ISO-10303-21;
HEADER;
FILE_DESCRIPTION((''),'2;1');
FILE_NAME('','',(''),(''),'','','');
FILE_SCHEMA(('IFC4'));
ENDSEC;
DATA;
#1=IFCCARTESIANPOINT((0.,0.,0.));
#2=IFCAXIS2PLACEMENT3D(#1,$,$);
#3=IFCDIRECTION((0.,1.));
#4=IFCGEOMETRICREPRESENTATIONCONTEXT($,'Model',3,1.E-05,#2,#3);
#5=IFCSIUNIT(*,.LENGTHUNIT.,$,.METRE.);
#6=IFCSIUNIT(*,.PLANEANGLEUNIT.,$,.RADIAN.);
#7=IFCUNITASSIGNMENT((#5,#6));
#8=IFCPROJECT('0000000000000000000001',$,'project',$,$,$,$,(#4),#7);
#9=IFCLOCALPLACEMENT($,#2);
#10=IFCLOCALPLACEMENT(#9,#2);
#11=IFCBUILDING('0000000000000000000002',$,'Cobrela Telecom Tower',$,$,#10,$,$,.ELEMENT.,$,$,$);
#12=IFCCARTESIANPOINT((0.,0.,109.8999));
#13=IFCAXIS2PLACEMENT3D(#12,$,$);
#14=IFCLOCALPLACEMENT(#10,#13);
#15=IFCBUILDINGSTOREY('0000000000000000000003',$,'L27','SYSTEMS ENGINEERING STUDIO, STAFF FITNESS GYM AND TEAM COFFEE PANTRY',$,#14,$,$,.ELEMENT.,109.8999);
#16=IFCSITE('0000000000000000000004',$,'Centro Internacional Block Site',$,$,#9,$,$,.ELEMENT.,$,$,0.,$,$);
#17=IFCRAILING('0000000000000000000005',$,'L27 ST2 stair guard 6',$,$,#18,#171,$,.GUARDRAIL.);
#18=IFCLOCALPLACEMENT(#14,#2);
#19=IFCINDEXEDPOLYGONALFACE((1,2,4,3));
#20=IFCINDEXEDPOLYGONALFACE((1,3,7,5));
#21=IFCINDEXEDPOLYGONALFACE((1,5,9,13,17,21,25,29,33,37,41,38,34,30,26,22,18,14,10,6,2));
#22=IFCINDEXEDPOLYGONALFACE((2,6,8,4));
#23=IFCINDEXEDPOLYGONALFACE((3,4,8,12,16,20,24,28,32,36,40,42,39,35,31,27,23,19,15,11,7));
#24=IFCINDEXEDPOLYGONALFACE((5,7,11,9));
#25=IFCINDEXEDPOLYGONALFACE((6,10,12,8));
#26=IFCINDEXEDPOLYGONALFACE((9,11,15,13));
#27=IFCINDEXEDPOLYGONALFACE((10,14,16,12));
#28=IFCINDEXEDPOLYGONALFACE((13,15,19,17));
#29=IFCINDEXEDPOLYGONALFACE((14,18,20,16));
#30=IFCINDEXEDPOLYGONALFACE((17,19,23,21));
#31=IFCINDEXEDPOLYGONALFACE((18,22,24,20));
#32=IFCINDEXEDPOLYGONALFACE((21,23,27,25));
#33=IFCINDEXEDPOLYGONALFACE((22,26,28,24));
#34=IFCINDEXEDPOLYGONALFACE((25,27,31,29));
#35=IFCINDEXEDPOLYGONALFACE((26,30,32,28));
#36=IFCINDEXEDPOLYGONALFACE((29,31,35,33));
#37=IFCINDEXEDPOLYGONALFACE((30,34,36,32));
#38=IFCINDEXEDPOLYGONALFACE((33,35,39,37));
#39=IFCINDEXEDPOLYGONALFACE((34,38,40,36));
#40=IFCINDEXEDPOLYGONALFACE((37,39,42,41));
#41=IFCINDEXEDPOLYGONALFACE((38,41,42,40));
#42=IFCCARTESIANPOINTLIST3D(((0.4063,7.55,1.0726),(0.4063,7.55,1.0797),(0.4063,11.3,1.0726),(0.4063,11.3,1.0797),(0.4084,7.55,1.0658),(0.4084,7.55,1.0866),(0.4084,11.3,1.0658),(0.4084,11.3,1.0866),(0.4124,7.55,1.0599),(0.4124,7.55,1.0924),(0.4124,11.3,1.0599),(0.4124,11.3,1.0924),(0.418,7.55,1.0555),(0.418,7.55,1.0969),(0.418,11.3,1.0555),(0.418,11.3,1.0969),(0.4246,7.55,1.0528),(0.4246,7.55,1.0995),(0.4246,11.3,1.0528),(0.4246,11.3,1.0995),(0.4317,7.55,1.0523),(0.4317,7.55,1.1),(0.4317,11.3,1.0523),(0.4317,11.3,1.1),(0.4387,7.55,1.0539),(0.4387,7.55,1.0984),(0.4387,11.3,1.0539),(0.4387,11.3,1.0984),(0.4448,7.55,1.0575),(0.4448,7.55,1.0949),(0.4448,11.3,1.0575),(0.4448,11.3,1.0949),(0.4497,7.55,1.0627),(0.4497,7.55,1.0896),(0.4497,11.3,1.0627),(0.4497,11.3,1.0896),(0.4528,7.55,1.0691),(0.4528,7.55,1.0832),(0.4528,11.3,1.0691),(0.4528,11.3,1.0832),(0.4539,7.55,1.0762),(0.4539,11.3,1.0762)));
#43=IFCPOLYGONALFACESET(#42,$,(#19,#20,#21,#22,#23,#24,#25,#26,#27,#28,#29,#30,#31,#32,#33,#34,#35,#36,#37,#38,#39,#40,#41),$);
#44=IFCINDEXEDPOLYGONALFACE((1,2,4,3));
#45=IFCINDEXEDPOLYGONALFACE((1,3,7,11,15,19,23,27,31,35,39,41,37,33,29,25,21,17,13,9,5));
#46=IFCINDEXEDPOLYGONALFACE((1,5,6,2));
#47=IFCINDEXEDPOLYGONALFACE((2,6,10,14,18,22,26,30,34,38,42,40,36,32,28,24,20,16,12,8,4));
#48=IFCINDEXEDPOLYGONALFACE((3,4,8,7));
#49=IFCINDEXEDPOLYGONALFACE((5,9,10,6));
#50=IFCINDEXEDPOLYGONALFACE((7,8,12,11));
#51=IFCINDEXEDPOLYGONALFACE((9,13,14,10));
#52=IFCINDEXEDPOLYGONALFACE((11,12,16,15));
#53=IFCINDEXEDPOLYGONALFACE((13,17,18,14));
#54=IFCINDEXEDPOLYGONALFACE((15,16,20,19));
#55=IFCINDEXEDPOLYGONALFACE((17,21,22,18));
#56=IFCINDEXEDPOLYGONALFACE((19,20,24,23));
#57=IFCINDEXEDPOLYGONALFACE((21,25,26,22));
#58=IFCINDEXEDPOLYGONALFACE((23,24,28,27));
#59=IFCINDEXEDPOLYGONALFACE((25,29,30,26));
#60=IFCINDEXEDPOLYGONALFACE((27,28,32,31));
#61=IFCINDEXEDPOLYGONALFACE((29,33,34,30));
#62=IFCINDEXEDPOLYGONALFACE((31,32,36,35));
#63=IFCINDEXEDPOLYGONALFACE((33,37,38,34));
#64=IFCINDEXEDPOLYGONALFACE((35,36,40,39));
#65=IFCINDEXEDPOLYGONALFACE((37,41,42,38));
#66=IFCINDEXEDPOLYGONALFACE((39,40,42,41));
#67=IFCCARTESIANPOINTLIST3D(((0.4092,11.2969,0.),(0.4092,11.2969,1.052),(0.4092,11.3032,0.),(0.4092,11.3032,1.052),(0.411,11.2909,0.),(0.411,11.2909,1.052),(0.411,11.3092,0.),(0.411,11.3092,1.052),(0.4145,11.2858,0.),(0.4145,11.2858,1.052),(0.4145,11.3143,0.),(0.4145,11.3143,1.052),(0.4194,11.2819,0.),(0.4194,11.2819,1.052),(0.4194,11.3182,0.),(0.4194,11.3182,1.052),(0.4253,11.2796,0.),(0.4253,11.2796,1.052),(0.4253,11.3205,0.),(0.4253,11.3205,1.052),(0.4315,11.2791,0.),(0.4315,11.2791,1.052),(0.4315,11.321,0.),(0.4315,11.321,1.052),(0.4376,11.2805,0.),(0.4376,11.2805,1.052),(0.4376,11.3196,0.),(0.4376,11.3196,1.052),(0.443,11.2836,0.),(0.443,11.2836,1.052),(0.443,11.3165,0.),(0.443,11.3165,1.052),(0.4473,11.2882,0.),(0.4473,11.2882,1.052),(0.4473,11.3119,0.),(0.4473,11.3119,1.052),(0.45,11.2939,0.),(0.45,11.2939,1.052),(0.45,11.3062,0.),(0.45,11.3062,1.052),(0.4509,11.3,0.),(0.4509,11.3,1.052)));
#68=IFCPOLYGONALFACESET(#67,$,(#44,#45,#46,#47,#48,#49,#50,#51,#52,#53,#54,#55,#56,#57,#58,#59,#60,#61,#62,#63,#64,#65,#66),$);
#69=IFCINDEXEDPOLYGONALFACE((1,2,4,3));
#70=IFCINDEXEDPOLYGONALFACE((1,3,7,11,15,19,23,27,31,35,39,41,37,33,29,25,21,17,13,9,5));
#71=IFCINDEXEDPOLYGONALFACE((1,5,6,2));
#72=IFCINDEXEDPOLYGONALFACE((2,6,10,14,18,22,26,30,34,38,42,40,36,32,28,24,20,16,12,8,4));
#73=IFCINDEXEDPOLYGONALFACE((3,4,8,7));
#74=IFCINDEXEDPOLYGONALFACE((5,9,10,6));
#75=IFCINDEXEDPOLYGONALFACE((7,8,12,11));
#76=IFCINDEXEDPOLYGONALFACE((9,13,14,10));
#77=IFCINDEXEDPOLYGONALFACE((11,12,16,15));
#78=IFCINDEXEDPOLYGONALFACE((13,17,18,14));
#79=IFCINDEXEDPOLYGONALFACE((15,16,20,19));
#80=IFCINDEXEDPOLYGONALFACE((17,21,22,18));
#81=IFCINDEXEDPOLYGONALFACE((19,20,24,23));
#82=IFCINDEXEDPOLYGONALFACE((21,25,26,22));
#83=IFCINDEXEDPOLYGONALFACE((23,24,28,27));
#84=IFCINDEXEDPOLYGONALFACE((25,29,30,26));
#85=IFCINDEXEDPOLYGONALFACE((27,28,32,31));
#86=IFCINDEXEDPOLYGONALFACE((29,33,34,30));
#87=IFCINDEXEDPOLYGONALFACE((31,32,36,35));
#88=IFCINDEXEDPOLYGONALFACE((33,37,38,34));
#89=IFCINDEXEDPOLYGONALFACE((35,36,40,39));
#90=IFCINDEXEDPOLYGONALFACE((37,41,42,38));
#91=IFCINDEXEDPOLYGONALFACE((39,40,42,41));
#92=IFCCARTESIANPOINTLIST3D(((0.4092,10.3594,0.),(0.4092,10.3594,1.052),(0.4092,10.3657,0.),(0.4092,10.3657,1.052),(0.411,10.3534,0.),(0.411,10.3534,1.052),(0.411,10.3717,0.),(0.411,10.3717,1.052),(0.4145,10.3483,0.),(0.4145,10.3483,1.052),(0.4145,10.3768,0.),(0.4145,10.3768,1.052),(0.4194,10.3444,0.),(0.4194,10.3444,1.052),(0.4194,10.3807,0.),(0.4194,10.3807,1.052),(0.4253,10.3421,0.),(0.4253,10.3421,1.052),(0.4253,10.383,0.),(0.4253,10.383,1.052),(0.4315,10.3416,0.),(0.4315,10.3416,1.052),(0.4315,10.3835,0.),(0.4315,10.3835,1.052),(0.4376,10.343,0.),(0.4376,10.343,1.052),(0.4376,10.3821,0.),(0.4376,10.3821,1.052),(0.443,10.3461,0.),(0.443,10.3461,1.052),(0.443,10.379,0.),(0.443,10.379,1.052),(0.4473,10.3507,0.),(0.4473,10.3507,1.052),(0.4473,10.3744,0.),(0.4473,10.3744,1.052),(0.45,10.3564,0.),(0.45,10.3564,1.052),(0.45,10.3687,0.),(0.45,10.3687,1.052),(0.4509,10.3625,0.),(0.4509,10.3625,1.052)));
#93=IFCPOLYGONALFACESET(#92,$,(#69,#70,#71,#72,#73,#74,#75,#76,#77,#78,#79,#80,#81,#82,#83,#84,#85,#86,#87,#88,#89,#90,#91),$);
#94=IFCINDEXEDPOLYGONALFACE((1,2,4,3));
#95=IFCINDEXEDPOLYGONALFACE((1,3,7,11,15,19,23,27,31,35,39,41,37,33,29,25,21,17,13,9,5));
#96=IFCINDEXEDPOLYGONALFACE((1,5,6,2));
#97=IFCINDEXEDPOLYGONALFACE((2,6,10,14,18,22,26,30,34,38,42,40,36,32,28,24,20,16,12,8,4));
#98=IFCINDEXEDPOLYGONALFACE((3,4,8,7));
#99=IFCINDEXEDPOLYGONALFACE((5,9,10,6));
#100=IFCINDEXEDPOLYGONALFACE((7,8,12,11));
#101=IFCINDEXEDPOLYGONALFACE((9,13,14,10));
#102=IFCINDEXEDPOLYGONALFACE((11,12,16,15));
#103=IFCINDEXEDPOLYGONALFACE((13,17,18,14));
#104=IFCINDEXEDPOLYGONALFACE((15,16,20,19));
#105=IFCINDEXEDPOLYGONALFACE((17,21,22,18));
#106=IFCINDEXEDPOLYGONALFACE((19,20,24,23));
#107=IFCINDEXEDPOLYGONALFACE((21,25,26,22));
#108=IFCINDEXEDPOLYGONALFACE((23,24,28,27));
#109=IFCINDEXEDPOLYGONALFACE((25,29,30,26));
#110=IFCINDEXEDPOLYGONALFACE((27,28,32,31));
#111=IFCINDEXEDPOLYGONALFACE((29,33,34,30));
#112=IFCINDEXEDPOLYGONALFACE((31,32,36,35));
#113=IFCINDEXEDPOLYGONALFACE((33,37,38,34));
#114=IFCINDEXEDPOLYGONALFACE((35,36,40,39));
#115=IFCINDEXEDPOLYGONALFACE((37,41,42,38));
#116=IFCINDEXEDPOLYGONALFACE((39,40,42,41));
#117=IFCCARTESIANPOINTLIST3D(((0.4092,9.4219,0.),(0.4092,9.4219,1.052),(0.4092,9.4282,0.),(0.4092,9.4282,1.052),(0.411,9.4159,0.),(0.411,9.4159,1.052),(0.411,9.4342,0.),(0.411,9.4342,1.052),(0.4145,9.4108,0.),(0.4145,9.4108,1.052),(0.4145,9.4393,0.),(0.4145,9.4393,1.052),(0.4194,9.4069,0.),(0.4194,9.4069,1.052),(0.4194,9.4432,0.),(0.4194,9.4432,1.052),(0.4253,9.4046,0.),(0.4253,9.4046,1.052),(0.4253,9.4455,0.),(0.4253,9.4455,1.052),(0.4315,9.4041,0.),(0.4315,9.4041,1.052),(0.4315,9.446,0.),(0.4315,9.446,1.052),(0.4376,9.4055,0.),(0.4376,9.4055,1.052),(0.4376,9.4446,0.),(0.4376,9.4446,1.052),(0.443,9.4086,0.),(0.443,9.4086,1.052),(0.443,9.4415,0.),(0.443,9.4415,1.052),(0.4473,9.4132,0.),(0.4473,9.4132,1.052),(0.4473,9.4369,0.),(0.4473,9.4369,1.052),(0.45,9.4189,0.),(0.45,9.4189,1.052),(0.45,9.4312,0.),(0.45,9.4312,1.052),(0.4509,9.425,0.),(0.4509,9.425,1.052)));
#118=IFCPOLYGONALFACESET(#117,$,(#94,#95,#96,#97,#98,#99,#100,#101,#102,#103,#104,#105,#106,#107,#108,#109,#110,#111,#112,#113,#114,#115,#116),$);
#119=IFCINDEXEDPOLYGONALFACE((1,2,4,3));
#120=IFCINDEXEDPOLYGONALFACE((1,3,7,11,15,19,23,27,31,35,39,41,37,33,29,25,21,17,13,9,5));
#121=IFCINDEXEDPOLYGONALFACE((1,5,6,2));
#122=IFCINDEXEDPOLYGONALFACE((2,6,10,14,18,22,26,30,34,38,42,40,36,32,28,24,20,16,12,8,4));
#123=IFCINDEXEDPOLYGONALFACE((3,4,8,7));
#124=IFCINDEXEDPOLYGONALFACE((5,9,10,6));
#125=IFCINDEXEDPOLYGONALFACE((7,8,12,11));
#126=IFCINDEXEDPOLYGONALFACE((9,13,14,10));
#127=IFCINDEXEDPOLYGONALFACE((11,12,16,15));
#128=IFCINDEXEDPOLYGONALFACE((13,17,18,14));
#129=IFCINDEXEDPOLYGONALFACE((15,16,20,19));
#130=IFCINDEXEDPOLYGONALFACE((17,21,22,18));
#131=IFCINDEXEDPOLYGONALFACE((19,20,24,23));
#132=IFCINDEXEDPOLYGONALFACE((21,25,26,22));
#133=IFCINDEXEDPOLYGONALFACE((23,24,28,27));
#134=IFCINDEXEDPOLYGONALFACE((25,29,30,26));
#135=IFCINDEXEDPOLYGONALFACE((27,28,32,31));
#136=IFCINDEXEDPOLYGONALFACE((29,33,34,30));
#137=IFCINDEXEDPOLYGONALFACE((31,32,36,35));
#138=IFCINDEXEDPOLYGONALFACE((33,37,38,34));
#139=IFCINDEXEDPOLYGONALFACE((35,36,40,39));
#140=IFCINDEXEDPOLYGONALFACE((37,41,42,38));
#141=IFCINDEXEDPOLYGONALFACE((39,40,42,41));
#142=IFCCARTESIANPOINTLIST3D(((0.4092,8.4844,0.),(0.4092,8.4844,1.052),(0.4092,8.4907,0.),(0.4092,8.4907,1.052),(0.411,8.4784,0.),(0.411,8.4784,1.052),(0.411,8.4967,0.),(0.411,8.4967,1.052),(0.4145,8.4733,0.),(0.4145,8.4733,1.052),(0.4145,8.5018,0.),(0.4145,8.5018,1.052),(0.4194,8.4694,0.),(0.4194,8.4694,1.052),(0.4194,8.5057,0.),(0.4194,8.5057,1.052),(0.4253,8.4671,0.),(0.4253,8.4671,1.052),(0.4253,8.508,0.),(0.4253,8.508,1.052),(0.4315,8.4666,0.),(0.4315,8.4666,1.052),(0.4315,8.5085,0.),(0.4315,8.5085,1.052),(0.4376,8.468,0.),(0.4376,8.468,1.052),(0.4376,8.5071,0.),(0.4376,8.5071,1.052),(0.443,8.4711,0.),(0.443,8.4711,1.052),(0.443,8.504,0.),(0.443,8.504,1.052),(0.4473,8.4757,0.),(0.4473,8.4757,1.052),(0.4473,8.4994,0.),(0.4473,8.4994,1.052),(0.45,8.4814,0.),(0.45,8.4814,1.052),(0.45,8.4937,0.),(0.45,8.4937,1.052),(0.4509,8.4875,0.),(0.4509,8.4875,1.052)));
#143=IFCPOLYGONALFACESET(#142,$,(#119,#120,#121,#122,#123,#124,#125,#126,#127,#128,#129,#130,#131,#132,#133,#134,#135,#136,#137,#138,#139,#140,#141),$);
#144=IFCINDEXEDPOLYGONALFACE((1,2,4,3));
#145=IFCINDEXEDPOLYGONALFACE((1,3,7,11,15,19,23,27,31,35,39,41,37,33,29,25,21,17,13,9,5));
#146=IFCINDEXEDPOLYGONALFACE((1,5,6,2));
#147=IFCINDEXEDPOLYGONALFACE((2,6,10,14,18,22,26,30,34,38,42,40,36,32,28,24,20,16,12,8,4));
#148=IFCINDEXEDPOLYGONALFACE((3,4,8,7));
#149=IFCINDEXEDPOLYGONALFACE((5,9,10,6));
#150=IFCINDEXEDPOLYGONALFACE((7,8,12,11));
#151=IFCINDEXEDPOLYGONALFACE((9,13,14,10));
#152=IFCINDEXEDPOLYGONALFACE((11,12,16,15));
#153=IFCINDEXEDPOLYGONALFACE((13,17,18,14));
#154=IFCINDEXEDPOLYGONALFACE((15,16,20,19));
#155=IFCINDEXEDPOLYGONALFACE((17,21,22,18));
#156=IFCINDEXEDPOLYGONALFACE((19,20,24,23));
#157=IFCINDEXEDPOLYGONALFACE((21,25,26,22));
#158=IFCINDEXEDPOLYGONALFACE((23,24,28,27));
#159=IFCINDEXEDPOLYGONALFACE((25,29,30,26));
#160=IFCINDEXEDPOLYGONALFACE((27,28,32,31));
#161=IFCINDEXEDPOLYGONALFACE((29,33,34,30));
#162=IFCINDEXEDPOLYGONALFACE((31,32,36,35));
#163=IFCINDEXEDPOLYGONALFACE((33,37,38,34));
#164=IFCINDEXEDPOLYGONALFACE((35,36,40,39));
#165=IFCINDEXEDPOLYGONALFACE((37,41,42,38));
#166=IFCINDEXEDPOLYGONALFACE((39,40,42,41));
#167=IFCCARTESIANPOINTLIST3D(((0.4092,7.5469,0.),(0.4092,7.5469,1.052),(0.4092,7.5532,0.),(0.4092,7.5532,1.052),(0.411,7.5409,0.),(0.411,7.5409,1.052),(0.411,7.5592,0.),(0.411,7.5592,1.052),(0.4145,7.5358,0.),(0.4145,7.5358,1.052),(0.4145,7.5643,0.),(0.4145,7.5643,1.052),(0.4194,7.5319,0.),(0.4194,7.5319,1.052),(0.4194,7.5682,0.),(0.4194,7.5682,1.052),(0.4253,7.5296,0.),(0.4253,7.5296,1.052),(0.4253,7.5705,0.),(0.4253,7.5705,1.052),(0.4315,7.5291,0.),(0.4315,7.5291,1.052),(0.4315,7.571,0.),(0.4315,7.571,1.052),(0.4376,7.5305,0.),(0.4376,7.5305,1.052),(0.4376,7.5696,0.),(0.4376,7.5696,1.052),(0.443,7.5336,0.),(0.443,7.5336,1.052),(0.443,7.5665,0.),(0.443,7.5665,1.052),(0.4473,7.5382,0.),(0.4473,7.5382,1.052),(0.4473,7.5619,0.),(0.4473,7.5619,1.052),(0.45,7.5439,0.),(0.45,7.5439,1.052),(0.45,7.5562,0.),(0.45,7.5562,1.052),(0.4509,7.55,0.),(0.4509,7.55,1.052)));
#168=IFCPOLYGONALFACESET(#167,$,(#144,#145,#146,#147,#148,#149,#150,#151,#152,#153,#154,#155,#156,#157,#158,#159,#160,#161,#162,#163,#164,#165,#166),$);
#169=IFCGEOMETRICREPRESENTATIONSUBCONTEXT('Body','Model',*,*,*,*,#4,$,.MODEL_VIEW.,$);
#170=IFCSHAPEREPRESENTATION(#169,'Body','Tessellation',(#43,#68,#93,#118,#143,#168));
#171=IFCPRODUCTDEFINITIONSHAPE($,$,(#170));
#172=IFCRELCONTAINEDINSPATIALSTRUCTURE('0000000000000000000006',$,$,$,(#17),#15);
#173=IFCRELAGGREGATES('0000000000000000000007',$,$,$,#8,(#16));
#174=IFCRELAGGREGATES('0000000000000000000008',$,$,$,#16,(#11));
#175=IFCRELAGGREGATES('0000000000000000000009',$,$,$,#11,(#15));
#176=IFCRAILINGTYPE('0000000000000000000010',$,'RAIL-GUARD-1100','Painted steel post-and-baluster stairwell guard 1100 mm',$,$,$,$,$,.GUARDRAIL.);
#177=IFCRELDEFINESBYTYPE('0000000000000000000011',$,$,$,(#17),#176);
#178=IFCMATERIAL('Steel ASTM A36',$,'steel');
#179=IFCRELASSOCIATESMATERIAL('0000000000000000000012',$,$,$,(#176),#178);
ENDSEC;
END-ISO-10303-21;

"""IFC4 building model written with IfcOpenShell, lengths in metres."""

from ifc_helpers import new_model, si_unit, direction, frame, origin, origin_2d, place, context, subcontext, project, spatial, circle, extrude, material, type_object, element, save


model = new_model("IFC4")

# Units and contexts
model_context = context("Model", 3, precision=1e-05, world=origin(), true_north=direction((0.0, 1.0)))
body_context = subcontext(model_context, "Body", "Model", "MODEL_VIEW")
ifc_project = project(units=[si_unit("LENGTHUNIT", "METRE"), si_unit("PLANEANGLEUNIT", "RADIAN")], contexts=[model_context])

# Site, building, storey
site_placement = place(None, origin())
site = spatial("IfcSite", under=ifc_project, at=site_placement, Name="Centro Internacional Block Site", CompositionType="ELEMENT", RefElevation=0.0)
building_placement = place(site_placement, origin())
building = spatial("IfcBuilding", under=site, at=building_placement, Name="Cobrela Telecom Tower", CompositionType="ELEMENT")
storey_placement = place(building_placement, frame((0.0, 0.0, 109.8999)))
storey = spatial("IfcBuildingStorey", under=building, at=storey_placement, Name="L27", Description="SYSTEMS ENGINEERING STUDIO, STAFF FITNESS GYM AND TEAM COFFEE PANTRY", CompositionType="ELEMENT", Elevation=109.8999)

# Shared definitions
ifc_material_1 = material(Name="Steel ASTM A36", Category="steel")

# Railing
railing_type_1 = type_object("IfcRailingType", Name="RAIL-GUARD-1100", Description="Painted steel post-and-baluster stairwell guard 1100 mm", PredefinedType="GUARDRAIL", material=ifc_material_1)
railing_1_placement = place(storey_placement, frame((0.4299, 11.3, 0.0)))
element("IfcRailing", 1, at=railing_1_placement, inside=storey, type_object=railing_type_1, Name="L27 ST2 stair guard 6", PredefinedType="GUARDRAIL", context=body_context, shape_type="SweptSolid", body=[
    extrude(circle(Radius=0.0239, at=origin_2d()), frame((0.0, 0.0, 1.0762), z_axis=(0.0, -1.0, 0.0), x_axis=(1.0, 0.0, 0.0)), (0.0, 0.0, 1.0), 3.75),
    extrude(circle(Radius=0.021, at=origin_2d()), origin(), (0.0, 0.0, 1.0), 1.052),
    extrude(circle(Radius=0.021, at=origin_2d()), frame((0.0, -0.9375, 0.0)), (0.0, 0.0, 1.0), 1.052),
    extrude(circle(Radius=0.021, at=origin_2d()), frame((0.0, -1.875, 0.0)), (0.0, 0.0, 1.0), 1.052),
    extrude(circle(Radius=0.021, at=origin_2d()), frame((0.0, -2.8125, 0.0)), (0.0, 0.0, 1.0), 1.052),
    extrude(circle(Radius=0.021, at=origin_2d()), frame((0.0, -3.75, 0.0)), (0.0, 0.0, 1.0), 1.052),
])

save(model, "model.ifc")
